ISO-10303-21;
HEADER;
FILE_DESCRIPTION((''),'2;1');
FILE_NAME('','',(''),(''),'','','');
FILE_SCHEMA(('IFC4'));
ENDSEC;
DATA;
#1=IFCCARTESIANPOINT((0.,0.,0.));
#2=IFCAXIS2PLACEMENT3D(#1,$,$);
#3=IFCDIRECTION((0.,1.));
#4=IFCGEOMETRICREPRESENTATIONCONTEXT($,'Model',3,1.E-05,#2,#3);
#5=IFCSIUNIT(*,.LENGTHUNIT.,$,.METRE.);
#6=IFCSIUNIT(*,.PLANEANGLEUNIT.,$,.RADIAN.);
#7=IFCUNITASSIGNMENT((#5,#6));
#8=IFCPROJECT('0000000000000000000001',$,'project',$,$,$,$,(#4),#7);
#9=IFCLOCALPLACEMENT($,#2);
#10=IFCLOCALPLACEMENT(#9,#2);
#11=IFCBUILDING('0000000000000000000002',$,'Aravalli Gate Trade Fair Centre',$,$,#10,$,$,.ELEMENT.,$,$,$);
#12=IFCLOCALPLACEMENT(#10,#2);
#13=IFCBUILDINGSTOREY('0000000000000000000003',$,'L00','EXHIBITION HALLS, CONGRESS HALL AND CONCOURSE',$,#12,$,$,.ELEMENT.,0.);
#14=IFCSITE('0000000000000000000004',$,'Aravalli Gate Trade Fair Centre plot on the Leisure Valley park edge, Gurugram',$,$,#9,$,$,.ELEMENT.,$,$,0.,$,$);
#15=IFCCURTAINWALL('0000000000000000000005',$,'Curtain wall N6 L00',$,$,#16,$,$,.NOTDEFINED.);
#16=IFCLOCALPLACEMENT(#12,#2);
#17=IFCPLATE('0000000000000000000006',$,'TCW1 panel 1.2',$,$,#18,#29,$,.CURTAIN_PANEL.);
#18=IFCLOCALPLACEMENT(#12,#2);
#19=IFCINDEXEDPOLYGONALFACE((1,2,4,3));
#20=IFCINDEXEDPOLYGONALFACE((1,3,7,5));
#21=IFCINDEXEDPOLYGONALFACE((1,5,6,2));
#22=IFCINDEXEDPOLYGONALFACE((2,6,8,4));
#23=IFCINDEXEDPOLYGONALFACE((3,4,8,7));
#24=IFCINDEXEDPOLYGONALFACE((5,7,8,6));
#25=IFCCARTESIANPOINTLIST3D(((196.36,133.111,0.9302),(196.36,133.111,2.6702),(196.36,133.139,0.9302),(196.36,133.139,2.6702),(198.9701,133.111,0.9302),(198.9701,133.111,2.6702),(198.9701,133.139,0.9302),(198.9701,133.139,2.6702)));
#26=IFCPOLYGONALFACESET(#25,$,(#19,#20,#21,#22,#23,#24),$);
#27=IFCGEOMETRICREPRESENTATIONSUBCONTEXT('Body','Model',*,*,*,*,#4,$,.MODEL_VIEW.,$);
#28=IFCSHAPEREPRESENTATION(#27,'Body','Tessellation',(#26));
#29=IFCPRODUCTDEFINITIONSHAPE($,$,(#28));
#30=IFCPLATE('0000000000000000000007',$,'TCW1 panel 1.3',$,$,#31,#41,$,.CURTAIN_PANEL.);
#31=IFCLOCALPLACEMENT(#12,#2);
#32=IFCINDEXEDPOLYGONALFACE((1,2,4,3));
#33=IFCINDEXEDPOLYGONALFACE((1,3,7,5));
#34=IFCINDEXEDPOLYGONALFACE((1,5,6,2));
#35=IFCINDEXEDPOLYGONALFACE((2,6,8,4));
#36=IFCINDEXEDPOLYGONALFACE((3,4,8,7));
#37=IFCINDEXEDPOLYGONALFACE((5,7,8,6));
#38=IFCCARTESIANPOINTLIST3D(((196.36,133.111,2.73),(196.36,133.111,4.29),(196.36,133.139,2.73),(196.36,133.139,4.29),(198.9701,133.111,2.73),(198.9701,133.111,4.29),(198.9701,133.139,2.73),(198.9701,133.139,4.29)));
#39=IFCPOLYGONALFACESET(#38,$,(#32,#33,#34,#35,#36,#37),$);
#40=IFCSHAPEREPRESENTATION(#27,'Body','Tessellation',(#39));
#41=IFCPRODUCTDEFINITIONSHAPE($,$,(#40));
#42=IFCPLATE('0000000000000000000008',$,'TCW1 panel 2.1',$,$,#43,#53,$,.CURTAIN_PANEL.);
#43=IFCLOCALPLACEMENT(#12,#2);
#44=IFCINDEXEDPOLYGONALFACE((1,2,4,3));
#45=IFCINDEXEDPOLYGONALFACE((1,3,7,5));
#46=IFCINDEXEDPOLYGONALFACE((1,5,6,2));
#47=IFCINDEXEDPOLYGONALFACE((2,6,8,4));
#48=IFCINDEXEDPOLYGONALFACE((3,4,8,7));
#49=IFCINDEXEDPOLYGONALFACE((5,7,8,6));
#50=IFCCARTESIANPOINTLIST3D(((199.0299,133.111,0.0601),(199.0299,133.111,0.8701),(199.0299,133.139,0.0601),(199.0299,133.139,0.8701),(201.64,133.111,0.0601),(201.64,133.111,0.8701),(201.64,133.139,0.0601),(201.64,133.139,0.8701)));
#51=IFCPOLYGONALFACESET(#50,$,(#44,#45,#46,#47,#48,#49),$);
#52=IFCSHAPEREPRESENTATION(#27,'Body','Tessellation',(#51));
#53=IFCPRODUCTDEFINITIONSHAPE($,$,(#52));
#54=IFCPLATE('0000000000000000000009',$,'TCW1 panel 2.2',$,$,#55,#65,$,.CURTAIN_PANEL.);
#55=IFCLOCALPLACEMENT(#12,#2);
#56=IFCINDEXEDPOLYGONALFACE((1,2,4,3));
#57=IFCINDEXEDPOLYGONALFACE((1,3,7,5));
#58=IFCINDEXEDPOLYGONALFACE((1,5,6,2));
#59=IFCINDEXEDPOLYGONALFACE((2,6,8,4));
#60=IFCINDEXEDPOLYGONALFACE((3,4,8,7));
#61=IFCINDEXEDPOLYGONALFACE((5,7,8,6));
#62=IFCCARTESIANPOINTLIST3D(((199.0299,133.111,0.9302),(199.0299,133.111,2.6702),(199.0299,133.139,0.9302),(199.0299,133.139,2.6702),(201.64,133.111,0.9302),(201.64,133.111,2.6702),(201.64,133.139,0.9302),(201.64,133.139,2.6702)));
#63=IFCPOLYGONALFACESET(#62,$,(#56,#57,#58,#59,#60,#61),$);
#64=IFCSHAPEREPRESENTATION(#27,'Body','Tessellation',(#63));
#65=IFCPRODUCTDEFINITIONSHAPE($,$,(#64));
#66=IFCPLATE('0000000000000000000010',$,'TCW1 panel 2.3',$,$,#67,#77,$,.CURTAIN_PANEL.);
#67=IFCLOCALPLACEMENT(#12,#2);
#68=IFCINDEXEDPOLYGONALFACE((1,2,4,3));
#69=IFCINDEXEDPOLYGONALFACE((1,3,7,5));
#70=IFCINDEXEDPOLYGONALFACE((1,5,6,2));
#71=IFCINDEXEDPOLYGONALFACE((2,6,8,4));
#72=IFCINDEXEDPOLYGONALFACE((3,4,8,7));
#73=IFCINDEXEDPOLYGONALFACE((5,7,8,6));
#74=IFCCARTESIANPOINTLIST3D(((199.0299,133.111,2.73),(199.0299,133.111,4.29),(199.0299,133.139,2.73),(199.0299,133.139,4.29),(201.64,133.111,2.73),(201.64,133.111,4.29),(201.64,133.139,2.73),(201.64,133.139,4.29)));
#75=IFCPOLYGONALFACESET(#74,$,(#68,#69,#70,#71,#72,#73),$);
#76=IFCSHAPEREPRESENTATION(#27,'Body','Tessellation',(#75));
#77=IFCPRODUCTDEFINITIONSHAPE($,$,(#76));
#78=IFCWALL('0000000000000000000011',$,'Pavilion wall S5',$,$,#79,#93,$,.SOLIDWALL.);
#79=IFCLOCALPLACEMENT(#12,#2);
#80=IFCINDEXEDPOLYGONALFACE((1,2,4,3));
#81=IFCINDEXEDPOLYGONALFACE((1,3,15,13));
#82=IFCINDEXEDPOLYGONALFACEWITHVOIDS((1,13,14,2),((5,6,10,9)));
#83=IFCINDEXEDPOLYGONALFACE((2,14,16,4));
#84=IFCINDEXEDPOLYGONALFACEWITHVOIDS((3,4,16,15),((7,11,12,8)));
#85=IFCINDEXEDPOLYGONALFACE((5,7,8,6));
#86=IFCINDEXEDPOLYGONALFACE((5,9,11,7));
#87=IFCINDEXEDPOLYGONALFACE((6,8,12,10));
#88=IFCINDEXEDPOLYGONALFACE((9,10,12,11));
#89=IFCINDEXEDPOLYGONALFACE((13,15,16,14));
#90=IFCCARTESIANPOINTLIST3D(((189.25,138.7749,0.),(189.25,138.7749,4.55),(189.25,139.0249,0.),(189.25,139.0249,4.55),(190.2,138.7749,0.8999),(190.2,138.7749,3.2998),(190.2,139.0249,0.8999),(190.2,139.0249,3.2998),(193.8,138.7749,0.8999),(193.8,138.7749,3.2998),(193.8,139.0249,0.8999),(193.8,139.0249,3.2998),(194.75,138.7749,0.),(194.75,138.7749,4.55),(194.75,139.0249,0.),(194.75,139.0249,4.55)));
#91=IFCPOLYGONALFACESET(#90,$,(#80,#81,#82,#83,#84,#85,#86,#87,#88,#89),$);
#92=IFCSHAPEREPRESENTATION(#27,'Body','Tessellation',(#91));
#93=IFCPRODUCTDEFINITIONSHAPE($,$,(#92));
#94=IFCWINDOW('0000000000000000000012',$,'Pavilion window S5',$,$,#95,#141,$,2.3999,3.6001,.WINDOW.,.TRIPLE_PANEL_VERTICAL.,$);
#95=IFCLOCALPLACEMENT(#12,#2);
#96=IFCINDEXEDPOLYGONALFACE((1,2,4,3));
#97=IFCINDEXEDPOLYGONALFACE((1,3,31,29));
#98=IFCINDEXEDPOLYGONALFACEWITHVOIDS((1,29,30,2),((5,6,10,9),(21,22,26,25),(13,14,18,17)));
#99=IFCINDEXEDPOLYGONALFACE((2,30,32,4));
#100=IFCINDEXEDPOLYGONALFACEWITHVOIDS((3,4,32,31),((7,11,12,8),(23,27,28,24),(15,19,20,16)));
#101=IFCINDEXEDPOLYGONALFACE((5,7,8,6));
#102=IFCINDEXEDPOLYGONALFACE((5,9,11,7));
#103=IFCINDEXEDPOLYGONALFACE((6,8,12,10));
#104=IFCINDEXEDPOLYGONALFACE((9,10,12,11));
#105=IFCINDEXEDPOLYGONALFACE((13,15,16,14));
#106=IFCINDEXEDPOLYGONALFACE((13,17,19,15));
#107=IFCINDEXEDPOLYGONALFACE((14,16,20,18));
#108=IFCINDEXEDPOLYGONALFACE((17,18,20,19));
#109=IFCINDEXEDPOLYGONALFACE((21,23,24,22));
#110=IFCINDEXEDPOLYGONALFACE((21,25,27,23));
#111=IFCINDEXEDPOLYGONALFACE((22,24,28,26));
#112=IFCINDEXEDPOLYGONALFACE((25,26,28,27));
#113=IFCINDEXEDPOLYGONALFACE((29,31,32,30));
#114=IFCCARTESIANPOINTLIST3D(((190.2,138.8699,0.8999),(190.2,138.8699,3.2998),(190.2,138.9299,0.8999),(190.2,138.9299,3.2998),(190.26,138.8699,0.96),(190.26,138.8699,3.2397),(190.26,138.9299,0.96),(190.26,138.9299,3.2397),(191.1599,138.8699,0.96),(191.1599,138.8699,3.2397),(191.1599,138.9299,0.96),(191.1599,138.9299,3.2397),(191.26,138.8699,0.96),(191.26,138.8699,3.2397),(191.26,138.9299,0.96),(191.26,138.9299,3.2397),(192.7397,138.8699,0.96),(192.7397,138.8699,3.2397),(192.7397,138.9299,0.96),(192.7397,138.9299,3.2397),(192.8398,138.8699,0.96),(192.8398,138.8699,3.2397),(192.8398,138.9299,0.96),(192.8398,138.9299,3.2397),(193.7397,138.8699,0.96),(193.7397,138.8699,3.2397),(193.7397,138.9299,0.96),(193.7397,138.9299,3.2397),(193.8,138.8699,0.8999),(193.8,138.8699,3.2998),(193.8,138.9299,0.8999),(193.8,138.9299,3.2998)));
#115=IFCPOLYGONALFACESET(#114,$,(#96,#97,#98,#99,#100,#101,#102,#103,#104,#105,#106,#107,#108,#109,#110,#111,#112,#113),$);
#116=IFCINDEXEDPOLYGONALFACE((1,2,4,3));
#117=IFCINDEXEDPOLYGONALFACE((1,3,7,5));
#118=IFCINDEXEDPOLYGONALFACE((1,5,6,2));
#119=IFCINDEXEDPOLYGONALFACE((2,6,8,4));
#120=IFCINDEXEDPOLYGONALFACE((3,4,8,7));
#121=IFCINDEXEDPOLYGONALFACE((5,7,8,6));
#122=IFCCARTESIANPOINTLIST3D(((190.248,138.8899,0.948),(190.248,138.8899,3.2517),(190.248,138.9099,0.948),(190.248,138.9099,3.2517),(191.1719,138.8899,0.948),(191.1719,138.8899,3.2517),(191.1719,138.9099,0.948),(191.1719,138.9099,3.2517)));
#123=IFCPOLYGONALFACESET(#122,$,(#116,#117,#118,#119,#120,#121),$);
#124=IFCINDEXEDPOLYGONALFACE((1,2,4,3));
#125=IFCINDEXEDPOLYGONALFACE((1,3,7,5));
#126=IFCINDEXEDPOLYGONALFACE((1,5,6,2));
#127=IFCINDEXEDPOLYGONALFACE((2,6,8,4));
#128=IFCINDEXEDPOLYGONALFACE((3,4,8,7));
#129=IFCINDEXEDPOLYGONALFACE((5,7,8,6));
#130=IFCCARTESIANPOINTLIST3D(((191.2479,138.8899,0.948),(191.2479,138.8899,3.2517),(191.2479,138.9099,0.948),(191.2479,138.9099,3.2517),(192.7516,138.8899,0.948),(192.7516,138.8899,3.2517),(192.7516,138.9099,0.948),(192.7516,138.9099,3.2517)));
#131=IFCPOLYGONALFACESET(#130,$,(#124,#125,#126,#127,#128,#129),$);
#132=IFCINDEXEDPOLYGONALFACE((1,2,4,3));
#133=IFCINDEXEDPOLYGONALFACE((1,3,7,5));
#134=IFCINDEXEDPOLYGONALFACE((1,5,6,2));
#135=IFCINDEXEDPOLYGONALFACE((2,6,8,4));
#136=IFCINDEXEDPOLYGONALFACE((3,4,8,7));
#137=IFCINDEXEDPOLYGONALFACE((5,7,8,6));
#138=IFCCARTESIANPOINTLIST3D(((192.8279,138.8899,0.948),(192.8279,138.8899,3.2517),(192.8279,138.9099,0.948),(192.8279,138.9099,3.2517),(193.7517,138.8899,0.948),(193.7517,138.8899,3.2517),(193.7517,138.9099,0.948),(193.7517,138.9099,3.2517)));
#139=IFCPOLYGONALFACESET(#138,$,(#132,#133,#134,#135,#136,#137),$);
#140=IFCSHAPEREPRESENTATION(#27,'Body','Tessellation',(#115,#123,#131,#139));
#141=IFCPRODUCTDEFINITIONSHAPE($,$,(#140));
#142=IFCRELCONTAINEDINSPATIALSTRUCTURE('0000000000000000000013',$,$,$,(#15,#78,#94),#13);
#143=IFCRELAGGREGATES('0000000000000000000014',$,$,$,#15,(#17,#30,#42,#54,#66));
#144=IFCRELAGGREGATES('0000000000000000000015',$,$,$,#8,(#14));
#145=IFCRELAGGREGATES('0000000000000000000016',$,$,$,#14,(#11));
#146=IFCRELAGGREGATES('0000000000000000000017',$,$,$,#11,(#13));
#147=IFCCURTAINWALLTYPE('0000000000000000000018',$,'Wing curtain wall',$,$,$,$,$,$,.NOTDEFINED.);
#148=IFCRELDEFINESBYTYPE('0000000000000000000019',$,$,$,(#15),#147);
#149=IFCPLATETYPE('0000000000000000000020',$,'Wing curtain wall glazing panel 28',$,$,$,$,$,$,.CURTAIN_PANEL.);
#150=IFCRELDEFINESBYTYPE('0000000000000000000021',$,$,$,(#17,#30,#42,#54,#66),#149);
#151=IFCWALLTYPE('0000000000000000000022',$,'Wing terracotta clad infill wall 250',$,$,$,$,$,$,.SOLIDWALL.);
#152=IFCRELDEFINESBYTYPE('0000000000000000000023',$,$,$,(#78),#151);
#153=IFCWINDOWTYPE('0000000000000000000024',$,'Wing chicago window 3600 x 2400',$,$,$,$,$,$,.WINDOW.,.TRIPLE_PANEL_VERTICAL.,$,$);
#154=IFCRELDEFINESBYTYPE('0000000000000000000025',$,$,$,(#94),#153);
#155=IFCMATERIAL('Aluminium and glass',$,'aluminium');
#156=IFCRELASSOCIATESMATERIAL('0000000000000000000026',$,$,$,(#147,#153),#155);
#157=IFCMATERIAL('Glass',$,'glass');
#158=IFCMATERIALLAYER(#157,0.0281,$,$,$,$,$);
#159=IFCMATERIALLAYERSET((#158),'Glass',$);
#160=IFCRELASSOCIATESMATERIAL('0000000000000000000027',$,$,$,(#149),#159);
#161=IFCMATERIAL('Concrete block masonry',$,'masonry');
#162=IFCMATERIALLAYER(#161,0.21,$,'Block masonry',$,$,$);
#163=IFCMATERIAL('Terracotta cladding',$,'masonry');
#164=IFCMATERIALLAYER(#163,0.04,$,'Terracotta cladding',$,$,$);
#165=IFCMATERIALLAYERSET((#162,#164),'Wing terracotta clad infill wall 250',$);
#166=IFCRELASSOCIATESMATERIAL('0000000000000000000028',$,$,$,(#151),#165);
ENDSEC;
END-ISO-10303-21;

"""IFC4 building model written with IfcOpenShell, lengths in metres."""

from ifc_helpers import new_model, si_unit, direction, frame, frame_2d, origin, origin_2d, place, context, subcontext, project, spatial, polyline, rectangle, outline, extrude, material, layer, layer_set, type_object, element, fill, aggregate, save


model = new_model("IFC4")

# Units and contexts
model_context = context("Model", 3, precision=1e-05, world=origin(), true_north=direction((0.0, 1.0)))
body_context = subcontext(model_context, "Body", "Model", "MODEL_VIEW")
ifc_project = project(units=[si_unit("LENGTHUNIT", "METRE"), si_unit("PLANEANGLEUNIT", "RADIAN")], contexts=[model_context])

# Site, building, storey
site_placement = place(None, origin())
site = spatial("IfcSite", under=ifc_project, at=site_placement, Name="Aravalli Gate Trade Fair Centre plot on the Leisure Valley park edge, Gurugram", CompositionType="ELEMENT", RefElevation=0.0)
building_placement = place(site_placement, origin())
building = spatial("IfcBuilding", under=site, at=building_placement, Name="Aravalli Gate Trade Fair Centre", CompositionType="ELEMENT")
storey_placement = place(building_placement, origin())
storey = spatial("IfcBuildingStorey", under=building, at=storey_placement, Name="L00", Description="EXHIBITION HALLS, CONGRESS HALL AND CONCOURSE", CompositionType="ELEMENT", Elevation=0.0)

# Shared definitions
ifc_material_1 = material(Name="Aluminium and glass", Category="aluminium")
curtain_wall_type = type_object("IfcCurtainWallType", Name="Wing curtain wall", PredefinedType="NOTDEFINED", material=ifc_material_1)

# Curtain wall, plates
curtain_wall_1_placement = place(storey_placement, origin())
curtain_wall_1 = element("IfcCurtainWall", 1, at=curtain_wall_1_placement, inside=storey, type_object=curtain_wall_type, Name="Curtain wall N6 L00", PredefinedType="NOTDEFINED")
ifc_material_2 = material(Name="Glass", Category="glass")
ifc_layer_1 = layer(ifc_material_2, 0.0281)
ifc_layer_set_1 = layer_set([ifc_layer_1], Name="Glass")
plate_type = type_object("IfcPlateType", Name="Wing curtain wall glazing panel 28", PredefinedType="CURTAIN_PANEL", material=ifc_layer_set_1)
plate_1_placement = place(storey_placement, frame((197.665, 133.125, 0.9302), z_axis=(0.0, 0.0, 1.0), x_axis=(1.0, 0.0, 0.0)))
plate_1 = element("IfcPlate", 2, at=plate_1_placement, type_object=plate_type, Name="TCW1 panel 1.2", PredefinedType="CURTAIN_PANEL", context=body_context, shape_type="SweptSolid", body=[
    extrude(rectangle(XDim=2.6101, YDim=0.0281, at=origin_2d()), origin(), (0.0, 0.0, 1.0), 1.74),
])
plate_2_placement = place(storey_placement, frame((197.665, 133.125, 2.73), z_axis=(0.0, 0.0, 1.0), x_axis=(1.0, 0.0, 0.0)))
plate_2 = element("IfcPlate", 3, at=plate_2_placement, type_object=plate_type, Name="TCW1 panel 1.3", PredefinedType="CURTAIN_PANEL", context=body_context, shape_type="SweptSolid", body=[
    extrude(rectangle(XDim=2.6101, YDim=0.0281, at=origin_2d()), origin(), (0.0, 0.0, 1.0), 1.5601),
])
plate_3_placement = place(storey_placement, frame((200.335, 133.125, 0.0601), z_axis=(0.0, 0.0, 1.0), x_axis=(1.0, 0.0, 0.0)))
plate_3 = element("IfcPlate", 4, at=plate_3_placement, type_object=plate_type, Name="TCW1 panel 2.1", PredefinedType="CURTAIN_PANEL", context=body_context, shape_type="SweptSolid", body=[
    extrude(rectangle(XDim=2.6101, YDim=0.0281, at=origin_2d()), origin(), (0.0, 0.0, 1.0), 0.8101),
])
plate_4_placement = place(storey_placement, frame((200.335, 133.125, 0.9302), z_axis=(0.0, 0.0, 1.0), x_axis=(1.0, 0.0, 0.0)))
plate_4 = element("IfcPlate", 5, at=plate_4_placement, type_object=plate_type, Name="TCW1 panel 2.2", PredefinedType="CURTAIN_PANEL", context=body_context, shape_type="SweptSolid", body=[
    extrude(rectangle(XDim=2.6101, YDim=0.0281, at=origin_2d()), origin(), (0.0, 0.0, 1.0), 1.74),
])
plate_5_placement = place(storey_placement, frame((200.335, 133.125, 2.73), z_axis=(0.0, 0.0, 1.0), x_axis=(1.0, 0.0, 0.0)))
plate_5 = element("IfcPlate", 6, at=plate_5_placement, type_object=plate_type, Name="TCW1 panel 2.3", PredefinedType="CURTAIN_PANEL", context=body_context, shape_type="SweptSolid", body=[
    extrude(rectangle(XDim=2.6101, YDim=0.0281, at=origin_2d()), origin(), (0.0, 0.0, 1.0), 1.5601),
])
aggregate(curtain_wall_1, [plate_1, plate_2, plate_3, plate_4, plate_5])

# Wall, opening, window
ifc_material_3 = material(Name="Concrete block masonry", Category="masonry")
ifc_layer_2 = layer(ifc_material_3, 0.21, Name="Block masonry")
ifc_material_4 = material(Name="Terracotta cladding", Category="masonry")
ifc_layer_3 = layer(ifc_material_4, 0.04, Name="Terracotta cladding")
ifc_layer_set_2 = layer_set([ifc_layer_2, ifc_layer_3], Name="Wing terracotta clad infill wall 250")
wall_type = type_object("IfcWallType", Name="Wing terracotta clad infill wall 250", PredefinedType="SOLIDWALL", material=ifc_layer_set_2)
wall_placement = place(storey_placement, frame((189.25, 138.8999, 0.0), z_axis=(0.0, 0.0, 1.0), x_axis=(1.0, 0.0, 0.0)))
wall = element("IfcWall", 7, at=wall_placement, inside=storey, type_object=wall_type, Name="Pavilion wall S5", PredefinedType="SOLIDWALL", context=body_context, shape_type="SweptSolid", body=[
    extrude(rectangle(XDim=5.5, YDim=0.25, at=frame_2d((2.75, 0.0))), origin(), (0.0, 0.0, 1.0), 4.55),
])
opening_placement = place(wall_placement, frame((0.95, 0.0, 0.8999)))
opening = element("IfcOpeningElement", 8, at=opening_placement, cuts=wall, PredefinedType="OPENING", context=body_context, shape_type="SweptSolid", body=[
    extrude(rectangle(XDim=3.6001, YDim=2.3999, at=frame_2d((1.8, 1.2))), frame((0.0, 0.135, 0.0), z_axis=(0.0, -1.0, 0.0), x_axis=(1.0, 0.0, 0.0)), (0.0, 0.0, 1.0), 0.27),
])
window_type = type_object("IfcWindowType", Name="Wing chicago window 3600 x 2400", PartitioningType="TRIPLE_PANEL_VERTICAL", PredefinedType="WINDOW", material=ifc_material_1)
window_placement = place(opening_placement, origin())
window = element("IfcWindow", 9, at=window_placement, inside=storey, type_object=window_type, Name="Pavilion window S5", OverallHeight=2.3999, OverallWidth=3.6001, PartitioningType="TRIPLE_PANEL_VERTICAL", PredefinedType="WINDOW", context=body_context, shape_type="SweptSolid", body=[
    extrude(outline(polyline([(0.0, 0.0), (3.6001, 0.0), (3.6001, 2.3999), (0.0, 2.3999), (0.0, 0.0)]), holes=[polyline([(0.0601, 0.0601), (0.96, 0.0601), (0.96, 2.3398), (0.0601, 2.3398), (0.0601, 0.0601)]), polyline([(1.0601, 0.0601), (2.5398, 0.0601), (2.5398, 2.3398), (1.0601, 2.3398), (1.0601, 0.0601)]), polyline([(2.6399, 0.0601), (3.5398, 0.0601), (3.5398, 2.3398), (2.6399, 2.3398), (2.6399, 0.0601)])]), frame((0.0, 0.03, 0.0), z_axis=(0.0, -1.0, 0.0), x_axis=(1.0, 0.0, 0.0)), (0.0, 0.0, 1.0), 0.0601),
    extrude(rectangle(XDim=0.9238, YDim=2.3037, at=frame_2d((0.51, 1.2))), frame((0.0, 0.01, 0.0), z_axis=(0.0, -1.0, 0.0), x_axis=(1.0, 0.0, 0.0)), (0.0, 0.0, 1.0), 0.02),
    extrude(rectangle(XDim=1.5037, YDim=2.3037, at=frame_2d((1.7998, 1.2))), frame((0.0, 0.01, 0.0), z_axis=(0.0, -1.0, 0.0), x_axis=(1.0, 0.0, 0.0)), (0.0, 0.0, 1.0), 0.02),
    extrude(rectangle(XDim=0.9238, YDim=2.3037, at=frame_2d((3.0898, 1.2))), frame((0.0, 0.01, 0.0), z_axis=(0.0, -1.0, 0.0), x_axis=(1.0, 0.0, 0.0)), (0.0, 0.0, 1.0), 0.02),
])
fill(opening, window)

save(model, "model.ifc")
